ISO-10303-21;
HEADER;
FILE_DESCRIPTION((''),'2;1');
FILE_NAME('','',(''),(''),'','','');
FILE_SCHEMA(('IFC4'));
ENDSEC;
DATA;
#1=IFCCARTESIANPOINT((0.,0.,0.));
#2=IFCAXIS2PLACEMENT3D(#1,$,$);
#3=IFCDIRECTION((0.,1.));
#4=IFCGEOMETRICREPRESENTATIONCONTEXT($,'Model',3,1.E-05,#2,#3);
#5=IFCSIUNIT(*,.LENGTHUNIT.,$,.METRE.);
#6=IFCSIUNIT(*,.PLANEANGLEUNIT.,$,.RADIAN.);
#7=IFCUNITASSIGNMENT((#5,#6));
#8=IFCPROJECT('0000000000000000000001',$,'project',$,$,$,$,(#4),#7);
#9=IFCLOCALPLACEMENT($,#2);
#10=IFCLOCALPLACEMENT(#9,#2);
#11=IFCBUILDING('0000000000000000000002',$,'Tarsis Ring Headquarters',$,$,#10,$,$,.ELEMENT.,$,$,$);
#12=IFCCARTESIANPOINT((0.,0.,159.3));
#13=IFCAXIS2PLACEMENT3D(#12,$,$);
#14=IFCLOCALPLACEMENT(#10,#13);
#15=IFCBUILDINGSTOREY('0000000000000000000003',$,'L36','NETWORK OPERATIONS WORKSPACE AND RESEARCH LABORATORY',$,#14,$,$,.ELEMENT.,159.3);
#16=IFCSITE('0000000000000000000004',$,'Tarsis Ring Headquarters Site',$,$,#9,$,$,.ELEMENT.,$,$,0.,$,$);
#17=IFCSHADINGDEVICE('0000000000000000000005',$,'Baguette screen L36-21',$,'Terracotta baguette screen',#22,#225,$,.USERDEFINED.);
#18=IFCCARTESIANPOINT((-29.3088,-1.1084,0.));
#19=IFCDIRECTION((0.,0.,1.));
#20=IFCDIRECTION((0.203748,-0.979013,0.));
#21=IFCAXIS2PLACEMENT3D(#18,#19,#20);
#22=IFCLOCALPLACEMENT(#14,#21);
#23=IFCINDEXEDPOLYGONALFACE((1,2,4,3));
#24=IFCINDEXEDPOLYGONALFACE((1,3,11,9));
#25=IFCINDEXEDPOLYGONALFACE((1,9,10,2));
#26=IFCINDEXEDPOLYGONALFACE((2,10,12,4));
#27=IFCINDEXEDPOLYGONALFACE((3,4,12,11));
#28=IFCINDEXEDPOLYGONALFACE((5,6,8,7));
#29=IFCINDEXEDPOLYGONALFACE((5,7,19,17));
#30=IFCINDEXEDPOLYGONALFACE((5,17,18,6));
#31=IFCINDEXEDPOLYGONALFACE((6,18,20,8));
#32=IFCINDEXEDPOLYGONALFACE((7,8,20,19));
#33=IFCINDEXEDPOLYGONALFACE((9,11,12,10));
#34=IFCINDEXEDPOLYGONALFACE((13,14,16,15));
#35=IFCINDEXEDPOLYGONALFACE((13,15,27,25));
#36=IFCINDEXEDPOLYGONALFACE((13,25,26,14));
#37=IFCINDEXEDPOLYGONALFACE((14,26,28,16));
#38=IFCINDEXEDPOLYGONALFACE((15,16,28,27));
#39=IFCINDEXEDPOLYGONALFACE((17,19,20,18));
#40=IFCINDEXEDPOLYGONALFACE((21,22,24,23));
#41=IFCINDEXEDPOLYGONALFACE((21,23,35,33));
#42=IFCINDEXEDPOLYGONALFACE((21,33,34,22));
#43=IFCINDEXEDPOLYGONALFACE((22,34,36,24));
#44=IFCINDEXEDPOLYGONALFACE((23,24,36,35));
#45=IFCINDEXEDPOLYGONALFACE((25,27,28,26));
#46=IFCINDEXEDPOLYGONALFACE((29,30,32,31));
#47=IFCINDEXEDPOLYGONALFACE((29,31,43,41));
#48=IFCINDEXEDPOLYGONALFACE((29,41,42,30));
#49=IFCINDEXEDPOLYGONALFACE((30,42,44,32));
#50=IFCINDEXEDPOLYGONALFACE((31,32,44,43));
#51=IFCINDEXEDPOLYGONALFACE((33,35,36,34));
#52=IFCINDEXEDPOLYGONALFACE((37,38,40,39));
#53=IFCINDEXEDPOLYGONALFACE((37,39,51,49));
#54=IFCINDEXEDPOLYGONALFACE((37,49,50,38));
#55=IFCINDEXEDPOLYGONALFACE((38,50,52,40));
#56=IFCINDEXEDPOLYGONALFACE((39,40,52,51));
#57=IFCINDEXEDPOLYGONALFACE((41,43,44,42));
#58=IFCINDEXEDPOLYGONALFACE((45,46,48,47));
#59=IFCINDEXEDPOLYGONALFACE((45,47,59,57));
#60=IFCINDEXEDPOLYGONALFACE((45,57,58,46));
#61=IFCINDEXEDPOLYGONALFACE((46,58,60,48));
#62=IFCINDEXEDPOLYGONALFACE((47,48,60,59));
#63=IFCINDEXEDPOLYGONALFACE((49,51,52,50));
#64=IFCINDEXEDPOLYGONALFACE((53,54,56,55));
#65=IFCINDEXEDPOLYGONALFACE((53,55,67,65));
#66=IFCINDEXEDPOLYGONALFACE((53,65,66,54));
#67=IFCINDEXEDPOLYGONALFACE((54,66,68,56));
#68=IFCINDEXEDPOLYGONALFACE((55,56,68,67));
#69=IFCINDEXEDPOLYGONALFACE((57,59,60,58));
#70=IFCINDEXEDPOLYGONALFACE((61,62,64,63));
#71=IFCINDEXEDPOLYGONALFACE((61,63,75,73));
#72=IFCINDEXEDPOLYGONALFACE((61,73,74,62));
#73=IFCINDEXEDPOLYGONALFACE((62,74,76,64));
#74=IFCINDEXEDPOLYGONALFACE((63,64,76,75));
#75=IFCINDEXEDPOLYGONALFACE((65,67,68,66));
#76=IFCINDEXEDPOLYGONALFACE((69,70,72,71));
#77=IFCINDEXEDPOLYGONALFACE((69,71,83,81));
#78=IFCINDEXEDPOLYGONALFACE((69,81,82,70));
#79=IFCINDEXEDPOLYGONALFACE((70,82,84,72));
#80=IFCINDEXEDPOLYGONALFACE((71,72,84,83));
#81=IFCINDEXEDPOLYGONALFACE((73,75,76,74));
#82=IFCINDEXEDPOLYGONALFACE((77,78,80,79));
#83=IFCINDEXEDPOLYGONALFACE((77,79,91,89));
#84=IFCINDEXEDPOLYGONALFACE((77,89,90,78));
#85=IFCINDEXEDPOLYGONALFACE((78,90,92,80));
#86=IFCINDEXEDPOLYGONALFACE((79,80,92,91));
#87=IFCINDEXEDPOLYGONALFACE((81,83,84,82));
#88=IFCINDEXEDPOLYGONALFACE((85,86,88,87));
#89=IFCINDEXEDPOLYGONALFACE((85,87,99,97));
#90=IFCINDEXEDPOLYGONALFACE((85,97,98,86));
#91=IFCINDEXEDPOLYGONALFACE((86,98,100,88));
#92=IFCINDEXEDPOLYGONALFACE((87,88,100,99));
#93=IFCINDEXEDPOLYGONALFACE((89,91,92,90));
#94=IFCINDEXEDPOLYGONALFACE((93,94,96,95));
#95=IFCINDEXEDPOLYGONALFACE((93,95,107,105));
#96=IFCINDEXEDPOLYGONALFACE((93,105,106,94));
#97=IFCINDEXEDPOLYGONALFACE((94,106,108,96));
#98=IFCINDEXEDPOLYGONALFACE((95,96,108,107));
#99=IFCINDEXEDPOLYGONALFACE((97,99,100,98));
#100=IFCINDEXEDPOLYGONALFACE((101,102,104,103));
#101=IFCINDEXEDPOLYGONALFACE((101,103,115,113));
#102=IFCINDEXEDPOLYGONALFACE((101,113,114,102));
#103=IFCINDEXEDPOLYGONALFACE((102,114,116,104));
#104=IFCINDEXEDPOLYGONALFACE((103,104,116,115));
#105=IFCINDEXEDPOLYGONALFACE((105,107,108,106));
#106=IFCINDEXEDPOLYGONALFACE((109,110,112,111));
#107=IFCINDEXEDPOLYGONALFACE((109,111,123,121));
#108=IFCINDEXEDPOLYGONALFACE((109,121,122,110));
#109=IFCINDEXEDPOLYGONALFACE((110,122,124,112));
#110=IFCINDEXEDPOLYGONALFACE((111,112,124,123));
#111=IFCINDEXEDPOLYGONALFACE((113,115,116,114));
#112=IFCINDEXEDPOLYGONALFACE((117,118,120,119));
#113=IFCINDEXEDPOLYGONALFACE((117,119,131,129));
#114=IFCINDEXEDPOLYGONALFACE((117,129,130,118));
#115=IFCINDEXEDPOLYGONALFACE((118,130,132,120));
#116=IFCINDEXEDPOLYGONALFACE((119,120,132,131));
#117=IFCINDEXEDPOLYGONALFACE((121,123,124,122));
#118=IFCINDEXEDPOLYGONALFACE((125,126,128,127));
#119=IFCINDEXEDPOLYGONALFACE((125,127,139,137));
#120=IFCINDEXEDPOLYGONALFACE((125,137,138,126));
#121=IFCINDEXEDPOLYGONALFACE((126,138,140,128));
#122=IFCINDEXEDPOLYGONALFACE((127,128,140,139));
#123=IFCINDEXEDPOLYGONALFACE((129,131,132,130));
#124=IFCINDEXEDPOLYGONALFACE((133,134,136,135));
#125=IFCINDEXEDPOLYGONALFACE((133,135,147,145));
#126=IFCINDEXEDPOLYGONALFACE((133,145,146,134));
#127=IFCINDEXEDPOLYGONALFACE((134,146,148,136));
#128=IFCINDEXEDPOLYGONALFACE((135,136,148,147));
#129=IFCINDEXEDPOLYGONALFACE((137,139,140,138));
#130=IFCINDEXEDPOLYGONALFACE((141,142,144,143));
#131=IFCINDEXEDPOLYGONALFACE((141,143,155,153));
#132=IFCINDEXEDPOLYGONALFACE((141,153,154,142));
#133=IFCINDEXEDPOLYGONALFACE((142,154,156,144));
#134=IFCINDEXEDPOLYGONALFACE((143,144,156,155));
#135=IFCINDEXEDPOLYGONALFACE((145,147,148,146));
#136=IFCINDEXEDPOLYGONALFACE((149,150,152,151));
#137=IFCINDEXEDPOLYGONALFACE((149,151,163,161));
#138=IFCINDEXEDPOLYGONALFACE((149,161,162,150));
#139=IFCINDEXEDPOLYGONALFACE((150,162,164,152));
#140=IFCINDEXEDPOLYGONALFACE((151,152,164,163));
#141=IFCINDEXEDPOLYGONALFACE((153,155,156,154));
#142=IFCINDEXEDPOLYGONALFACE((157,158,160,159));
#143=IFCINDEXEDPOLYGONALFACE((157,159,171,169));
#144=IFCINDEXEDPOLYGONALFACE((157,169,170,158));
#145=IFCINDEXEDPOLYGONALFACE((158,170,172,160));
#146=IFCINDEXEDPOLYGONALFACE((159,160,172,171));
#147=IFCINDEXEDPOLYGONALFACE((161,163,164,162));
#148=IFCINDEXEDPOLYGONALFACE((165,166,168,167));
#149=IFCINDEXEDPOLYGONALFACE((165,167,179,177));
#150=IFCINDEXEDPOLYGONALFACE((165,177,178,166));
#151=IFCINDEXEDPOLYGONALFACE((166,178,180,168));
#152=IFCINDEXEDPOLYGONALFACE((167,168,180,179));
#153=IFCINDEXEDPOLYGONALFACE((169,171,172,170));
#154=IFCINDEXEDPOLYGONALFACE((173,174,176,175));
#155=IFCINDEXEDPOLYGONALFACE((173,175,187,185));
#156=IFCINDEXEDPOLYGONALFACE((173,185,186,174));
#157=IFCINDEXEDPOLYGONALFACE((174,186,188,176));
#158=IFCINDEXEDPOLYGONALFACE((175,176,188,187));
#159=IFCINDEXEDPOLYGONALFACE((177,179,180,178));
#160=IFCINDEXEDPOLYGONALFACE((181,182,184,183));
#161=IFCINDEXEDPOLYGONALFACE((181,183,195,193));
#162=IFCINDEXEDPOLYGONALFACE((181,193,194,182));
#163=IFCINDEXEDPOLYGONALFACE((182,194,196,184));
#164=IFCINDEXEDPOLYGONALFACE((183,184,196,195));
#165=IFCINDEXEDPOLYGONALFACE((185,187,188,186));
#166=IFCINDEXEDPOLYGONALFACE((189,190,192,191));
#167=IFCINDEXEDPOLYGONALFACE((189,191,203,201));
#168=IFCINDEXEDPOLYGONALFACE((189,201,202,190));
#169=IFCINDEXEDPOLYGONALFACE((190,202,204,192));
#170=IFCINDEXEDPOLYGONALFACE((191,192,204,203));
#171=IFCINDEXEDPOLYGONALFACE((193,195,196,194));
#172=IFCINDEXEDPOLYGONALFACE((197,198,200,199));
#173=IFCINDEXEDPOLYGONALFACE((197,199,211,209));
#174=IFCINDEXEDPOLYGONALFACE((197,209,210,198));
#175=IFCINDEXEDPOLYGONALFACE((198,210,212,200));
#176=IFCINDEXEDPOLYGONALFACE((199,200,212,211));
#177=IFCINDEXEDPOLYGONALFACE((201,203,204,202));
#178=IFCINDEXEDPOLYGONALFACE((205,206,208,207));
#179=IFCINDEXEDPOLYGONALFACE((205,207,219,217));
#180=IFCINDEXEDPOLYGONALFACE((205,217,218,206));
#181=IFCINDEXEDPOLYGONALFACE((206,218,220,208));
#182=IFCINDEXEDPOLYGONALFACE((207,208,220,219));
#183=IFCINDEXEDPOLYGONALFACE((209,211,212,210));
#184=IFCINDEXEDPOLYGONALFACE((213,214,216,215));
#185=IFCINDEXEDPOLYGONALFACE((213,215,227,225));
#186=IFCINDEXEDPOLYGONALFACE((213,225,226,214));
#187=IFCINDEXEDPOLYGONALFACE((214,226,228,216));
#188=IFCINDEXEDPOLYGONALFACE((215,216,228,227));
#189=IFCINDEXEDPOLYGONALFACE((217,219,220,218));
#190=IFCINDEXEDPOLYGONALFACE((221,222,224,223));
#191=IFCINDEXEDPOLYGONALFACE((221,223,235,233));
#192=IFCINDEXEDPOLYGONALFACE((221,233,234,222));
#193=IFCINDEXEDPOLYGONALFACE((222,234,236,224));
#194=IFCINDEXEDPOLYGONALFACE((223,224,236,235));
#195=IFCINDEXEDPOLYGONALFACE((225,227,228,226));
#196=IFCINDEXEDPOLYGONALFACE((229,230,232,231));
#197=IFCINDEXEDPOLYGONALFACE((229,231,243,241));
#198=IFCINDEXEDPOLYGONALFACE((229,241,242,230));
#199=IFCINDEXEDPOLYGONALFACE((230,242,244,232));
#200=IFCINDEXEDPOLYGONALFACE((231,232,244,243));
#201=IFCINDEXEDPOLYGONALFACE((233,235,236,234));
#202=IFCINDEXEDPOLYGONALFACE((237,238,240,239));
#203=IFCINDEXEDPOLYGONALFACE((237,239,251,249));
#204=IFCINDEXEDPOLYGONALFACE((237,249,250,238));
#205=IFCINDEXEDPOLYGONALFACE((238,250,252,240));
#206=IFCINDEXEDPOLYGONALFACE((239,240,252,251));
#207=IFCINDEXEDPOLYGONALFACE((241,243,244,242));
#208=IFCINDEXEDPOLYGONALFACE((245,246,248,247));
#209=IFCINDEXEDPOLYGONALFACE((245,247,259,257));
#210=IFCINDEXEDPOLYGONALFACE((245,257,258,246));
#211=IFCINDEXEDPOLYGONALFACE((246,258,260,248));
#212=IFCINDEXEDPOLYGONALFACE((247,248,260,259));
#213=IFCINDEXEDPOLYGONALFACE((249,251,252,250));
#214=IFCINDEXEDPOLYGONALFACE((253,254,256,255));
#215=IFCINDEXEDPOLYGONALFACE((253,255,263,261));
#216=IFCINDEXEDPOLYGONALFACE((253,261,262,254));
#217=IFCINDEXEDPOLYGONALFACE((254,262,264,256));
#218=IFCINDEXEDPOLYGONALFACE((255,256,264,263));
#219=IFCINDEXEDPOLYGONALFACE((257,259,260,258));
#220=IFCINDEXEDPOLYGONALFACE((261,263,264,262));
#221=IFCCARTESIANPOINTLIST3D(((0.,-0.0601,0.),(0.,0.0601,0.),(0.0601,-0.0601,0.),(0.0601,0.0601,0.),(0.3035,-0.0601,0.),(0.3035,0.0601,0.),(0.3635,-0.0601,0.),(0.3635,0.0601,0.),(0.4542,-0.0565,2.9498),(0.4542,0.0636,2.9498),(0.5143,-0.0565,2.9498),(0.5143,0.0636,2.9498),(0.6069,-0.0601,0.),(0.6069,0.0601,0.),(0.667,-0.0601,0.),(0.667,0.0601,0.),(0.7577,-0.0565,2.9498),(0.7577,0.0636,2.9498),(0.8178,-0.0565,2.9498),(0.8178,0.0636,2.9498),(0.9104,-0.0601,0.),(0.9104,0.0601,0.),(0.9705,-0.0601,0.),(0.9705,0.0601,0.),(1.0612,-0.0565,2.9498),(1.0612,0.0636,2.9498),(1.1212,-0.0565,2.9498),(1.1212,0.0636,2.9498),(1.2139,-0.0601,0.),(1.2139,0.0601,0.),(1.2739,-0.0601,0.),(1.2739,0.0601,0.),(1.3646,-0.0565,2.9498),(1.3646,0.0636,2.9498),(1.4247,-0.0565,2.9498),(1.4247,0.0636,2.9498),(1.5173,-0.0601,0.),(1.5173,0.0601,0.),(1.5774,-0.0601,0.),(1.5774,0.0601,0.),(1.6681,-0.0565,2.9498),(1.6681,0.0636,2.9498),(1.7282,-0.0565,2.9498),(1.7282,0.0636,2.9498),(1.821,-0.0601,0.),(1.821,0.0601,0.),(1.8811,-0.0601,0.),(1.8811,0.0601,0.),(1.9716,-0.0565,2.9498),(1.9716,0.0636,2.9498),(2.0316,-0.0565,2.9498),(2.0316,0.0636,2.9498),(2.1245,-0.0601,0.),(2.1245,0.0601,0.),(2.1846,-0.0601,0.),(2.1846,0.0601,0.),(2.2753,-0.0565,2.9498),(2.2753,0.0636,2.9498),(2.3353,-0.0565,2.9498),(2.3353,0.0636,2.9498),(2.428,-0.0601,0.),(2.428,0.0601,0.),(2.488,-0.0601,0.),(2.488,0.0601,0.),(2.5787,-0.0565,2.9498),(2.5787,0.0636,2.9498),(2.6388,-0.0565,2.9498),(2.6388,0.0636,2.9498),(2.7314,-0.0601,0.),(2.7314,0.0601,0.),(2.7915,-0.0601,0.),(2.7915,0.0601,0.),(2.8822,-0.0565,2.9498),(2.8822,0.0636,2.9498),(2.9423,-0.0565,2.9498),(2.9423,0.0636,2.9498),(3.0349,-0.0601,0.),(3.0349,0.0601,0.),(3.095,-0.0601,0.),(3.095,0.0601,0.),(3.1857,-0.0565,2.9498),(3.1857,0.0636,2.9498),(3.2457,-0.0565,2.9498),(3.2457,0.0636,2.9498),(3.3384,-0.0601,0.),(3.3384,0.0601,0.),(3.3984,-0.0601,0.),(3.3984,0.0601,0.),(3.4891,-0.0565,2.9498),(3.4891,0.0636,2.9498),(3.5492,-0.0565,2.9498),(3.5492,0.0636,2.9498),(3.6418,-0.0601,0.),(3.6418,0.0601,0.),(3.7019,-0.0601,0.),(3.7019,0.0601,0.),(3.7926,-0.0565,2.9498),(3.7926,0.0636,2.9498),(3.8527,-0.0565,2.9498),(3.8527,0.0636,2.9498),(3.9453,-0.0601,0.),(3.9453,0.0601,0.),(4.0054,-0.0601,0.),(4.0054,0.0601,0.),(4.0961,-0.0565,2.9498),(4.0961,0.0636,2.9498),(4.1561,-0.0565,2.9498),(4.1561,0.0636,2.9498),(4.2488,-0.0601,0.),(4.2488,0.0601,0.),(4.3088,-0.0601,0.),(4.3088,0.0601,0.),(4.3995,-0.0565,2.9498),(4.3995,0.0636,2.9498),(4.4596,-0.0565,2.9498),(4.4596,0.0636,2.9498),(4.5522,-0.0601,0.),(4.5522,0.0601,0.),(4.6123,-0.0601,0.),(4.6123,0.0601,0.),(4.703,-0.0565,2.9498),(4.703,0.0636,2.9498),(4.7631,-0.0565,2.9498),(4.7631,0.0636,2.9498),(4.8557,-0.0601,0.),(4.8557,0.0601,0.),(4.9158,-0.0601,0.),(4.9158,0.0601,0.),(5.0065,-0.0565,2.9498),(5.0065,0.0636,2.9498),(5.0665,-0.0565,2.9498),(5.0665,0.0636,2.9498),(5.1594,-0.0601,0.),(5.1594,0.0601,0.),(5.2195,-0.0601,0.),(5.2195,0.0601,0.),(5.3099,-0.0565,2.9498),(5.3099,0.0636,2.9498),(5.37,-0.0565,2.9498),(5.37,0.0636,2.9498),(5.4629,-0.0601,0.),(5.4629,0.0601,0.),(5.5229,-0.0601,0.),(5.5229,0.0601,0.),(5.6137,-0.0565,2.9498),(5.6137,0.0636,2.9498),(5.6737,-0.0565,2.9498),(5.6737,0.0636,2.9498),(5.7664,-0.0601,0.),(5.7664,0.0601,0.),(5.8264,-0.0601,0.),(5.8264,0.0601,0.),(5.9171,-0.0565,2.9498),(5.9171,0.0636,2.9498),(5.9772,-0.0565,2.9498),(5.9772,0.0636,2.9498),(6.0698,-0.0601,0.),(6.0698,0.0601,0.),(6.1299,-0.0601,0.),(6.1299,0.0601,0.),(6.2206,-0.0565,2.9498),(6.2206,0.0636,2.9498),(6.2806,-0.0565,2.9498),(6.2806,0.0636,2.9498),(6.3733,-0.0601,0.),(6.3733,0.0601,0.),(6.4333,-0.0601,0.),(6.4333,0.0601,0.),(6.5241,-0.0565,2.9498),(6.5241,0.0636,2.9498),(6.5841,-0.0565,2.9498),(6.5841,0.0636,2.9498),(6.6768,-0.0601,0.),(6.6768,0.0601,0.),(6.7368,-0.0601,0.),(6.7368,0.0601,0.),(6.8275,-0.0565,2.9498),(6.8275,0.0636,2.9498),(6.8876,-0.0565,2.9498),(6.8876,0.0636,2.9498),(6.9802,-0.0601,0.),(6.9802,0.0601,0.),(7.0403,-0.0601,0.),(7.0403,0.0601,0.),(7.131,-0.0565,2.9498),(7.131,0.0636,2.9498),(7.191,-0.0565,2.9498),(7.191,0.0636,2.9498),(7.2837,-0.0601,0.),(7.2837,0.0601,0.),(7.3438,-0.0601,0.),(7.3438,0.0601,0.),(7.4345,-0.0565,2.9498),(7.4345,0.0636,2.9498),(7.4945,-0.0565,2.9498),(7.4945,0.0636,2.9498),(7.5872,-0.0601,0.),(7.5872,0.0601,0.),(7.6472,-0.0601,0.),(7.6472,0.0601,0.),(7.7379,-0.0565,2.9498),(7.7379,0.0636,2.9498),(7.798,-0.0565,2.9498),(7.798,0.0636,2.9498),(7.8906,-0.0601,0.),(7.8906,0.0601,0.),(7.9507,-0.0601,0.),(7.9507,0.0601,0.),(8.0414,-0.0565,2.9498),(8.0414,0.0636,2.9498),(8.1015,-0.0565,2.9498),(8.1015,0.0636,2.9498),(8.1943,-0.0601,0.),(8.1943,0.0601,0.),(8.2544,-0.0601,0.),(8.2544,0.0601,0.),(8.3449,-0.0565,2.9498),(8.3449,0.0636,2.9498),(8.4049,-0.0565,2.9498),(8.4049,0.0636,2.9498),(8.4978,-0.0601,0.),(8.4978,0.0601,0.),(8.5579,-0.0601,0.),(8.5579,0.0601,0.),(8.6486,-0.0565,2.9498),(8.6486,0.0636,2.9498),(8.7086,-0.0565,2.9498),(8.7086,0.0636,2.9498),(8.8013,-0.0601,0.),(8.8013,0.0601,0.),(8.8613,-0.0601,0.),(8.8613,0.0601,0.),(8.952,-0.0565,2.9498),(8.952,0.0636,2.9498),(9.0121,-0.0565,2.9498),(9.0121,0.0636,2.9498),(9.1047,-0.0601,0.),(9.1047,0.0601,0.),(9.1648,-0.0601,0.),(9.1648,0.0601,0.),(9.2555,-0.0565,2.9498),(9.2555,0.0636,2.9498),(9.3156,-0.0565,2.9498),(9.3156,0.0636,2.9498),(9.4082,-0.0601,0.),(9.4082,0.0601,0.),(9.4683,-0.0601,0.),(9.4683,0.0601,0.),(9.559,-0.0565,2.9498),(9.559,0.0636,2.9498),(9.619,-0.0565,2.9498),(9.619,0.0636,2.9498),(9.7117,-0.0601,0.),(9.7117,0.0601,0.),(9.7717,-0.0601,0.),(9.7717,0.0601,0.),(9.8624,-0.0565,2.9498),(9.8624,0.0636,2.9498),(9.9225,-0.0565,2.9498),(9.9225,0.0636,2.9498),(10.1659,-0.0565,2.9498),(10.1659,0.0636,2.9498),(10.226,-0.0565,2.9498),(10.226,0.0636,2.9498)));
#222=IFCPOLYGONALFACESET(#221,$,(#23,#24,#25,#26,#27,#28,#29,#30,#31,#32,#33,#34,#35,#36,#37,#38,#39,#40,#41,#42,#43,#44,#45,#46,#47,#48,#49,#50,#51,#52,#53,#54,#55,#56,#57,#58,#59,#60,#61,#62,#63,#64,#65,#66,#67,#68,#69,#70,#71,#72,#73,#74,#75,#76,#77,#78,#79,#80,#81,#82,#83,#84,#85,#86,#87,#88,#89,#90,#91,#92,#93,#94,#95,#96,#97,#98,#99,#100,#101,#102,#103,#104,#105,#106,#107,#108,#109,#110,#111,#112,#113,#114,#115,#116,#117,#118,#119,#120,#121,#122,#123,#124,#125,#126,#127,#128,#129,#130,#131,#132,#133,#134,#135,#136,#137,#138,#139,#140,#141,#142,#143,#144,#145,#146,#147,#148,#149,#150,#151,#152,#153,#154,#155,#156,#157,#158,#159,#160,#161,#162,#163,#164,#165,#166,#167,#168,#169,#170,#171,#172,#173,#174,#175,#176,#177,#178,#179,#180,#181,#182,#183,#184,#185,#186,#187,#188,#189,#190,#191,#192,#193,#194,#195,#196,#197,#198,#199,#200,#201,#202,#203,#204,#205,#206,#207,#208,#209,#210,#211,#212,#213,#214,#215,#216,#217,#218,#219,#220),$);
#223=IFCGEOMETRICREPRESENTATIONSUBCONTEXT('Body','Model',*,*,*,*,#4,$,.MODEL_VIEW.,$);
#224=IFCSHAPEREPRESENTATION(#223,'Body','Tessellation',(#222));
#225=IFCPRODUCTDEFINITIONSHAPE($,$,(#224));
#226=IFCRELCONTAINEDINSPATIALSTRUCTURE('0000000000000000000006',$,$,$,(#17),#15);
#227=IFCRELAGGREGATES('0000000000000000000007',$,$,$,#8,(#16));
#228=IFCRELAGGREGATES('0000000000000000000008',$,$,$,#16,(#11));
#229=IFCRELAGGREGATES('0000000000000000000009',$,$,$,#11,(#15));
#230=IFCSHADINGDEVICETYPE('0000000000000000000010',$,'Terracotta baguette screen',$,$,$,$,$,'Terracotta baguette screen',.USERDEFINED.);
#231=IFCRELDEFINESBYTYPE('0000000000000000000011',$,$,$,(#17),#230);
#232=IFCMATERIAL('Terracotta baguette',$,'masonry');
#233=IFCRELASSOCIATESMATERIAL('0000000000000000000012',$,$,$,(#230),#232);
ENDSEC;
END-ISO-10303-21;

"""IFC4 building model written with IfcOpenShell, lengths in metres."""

from ifc_helpers import new_model, si_unit, direction, frame, frame_2d, origin, place, context, subcontext, project, spatial, rectangle, composite_profile, extrude, material, type_object, element, save


model = new_model("IFC4")

# Units and contexts
model_context = context("Model", 3, precision=1e-05, world=origin(), true_north=direction((0.0, 1.0)))
body_context = subcontext(model_context, "Body", "Model", "MODEL_VIEW")
ifc_project = project(units=[si_unit("LENGTHUNIT", "METRE"), si_unit("PLANEANGLEUNIT", "RADIAN")], contexts=[model_context])

# Site, building, storey
site_placement = place(None, origin())
site = spatial("IfcSite", under=ifc_project, at=site_placement, Name="Tarsis Ring Headquarters Site", CompositionType="ELEMENT", RefElevation=0.0)
building_placement = place(site_placement, origin())
building = spatial("IfcBuilding", under=site, at=building_placement, Name="Tarsis Ring Headquarters", CompositionType="ELEMENT")
storey_placement = place(building_placement, frame((0.0, 0.0, 159.3)))
storey = spatial("IfcBuildingStorey", under=building, at=storey_placement, Name="L36", Description="NETWORK OPERATIONS WORKSPACE AND RESEARCH LABORATORY", CompositionType="ELEMENT", Elevation=159.3)

# Shading device
ifc_material_1 = material(Name="Terracotta baguette", Category="masonry")
shading_device_type = type_object("IfcShadingDeviceType", Name="Terracotta baguette screen", ElementType="Terracotta baguette screen", PredefinedType="USERDEFINED", material=ifc_material_1)
shading_device_1_placement = place(storey_placement, frame((-29.3088, -1.1084, 0.0), z_axis=(0.0, 0.0, 1.0), x_axis=(0.203748, -0.979013, 0.0)))
element("IfcShadingDevice", 1, at=shading_device_1_placement, inside=storey, type_object=shading_device_type, Name="Baguette screen L36-21", ObjectType="Terracotta baguette screen", PredefinedType="USERDEFINED", context=body_context, shape_type="SweptSolid", body=[
    extrude(composite_profile([rectangle(XDim=0.0601, YDim=0.1201, at=frame_2d((0.03, 0.0))), rectangle(XDim=0.0601, YDim=0.1201, at=frame_2d((0.3335, 0.0))), rectangle(XDim=0.0601, YDim=0.1201, at=frame_2d((0.637, 0.0))), rectangle(XDim=0.0601, YDim=0.1201, at=frame_2d((0.9404, 0.0))), rectangle(XDim=0.0601, YDim=0.1201, at=frame_2d((1.2439, 0.0))), rectangle(XDim=0.0601, YDim=0.1201, at=frame_2d((1.5474, 0.0))), rectangle(XDim=0.0601, YDim=0.1201, at=frame_2d((1.8511, 0.0))), rectangle(XDim=0.0601, YDim=0.1201, at=frame_2d((2.1545, 0.0))), rectangle(XDim=0.0601, YDim=0.1201, at=frame_2d((2.458, 0.0))), rectangle(XDim=0.0601, YDim=0.1201, at=frame_2d((2.7615, 0.0))), rectangle(XDim=0.0601, YDim=0.1201, at=frame_2d((3.0649, 0.0))), rectangle(XDim=0.0601, YDim=0.1201, at=frame_2d((3.3684, 0.0))), rectangle(XDim=0.0601, YDim=0.1201, at=frame_2d((3.6719, 0.0))), rectangle(XDim=0.0601, YDim=0.1201, at=frame_2d((3.9753, 0.0))), rectangle(XDim=0.0601, YDim=0.1201, at=frame_2d((4.2788, 0.0))), rectangle(XDim=0.0601, YDim=0.1201, at=frame_2d((4.5823, 0.0))), rectangle(XDim=0.0601, YDim=0.1201, at=frame_2d((4.8857, 0.0))), rectangle(XDim=0.0601, YDim=0.1201, at=frame_2d((5.1895, 0.0))), rectangle(XDim=0.0601, YDim=0.1201, at=frame_2d((5.4929, 0.0))), rectangle(XDim=0.0601, YDim=0.1201, at=frame_2d((5.7964, 0.0))), rectangle(XDim=0.0601, YDim=0.1201, at=frame_2d((6.0999, 0.0))), rectangle(XDim=0.0601, YDim=0.1201, at=frame_2d((6.4033, 0.0))), rectangle(XDim=0.0601, YDim=0.1201, at=frame_2d((6.7068, 0.0))), rectangle(XDim=0.0601, YDim=0.1201, at=frame_2d((7.0103, 0.0))), rectangle(XDim=0.0601, YDim=0.1201, at=frame_2d((7.3137, 0.0))), rectangle(XDim=0.0601, YDim=0.1201, at=frame_2d((7.6172, 0.0))), rectangle(XDim=0.0601, YDim=0.1201, at=frame_2d((7.9207, 0.0))), rectangle(XDim=0.0601, YDim=0.1201, at=frame_2d((8.2244, 0.0))), rectangle(XDim=0.0601, YDim=0.1201, at=frame_2d((8.5278, 0.0))), rectangle(XDim=0.0601, YDim=0.1201, at=frame_2d((8.8313, 0.0))), rectangle(XDim=0.0601, YDim=0.1201, at=frame_2d((9.1348, 0.0))), rectangle(XDim=0.0601, YDim=0.1201, at=frame_2d((9.4382, 0.0))), rectangle(XDim=0.0601, YDim=0.1201, at=frame_2d((9.7417, 0.0)))]), origin(), (0.152191, 0.001192, 0.98835), 2.9846),
])

save(model, "model.ifc")
